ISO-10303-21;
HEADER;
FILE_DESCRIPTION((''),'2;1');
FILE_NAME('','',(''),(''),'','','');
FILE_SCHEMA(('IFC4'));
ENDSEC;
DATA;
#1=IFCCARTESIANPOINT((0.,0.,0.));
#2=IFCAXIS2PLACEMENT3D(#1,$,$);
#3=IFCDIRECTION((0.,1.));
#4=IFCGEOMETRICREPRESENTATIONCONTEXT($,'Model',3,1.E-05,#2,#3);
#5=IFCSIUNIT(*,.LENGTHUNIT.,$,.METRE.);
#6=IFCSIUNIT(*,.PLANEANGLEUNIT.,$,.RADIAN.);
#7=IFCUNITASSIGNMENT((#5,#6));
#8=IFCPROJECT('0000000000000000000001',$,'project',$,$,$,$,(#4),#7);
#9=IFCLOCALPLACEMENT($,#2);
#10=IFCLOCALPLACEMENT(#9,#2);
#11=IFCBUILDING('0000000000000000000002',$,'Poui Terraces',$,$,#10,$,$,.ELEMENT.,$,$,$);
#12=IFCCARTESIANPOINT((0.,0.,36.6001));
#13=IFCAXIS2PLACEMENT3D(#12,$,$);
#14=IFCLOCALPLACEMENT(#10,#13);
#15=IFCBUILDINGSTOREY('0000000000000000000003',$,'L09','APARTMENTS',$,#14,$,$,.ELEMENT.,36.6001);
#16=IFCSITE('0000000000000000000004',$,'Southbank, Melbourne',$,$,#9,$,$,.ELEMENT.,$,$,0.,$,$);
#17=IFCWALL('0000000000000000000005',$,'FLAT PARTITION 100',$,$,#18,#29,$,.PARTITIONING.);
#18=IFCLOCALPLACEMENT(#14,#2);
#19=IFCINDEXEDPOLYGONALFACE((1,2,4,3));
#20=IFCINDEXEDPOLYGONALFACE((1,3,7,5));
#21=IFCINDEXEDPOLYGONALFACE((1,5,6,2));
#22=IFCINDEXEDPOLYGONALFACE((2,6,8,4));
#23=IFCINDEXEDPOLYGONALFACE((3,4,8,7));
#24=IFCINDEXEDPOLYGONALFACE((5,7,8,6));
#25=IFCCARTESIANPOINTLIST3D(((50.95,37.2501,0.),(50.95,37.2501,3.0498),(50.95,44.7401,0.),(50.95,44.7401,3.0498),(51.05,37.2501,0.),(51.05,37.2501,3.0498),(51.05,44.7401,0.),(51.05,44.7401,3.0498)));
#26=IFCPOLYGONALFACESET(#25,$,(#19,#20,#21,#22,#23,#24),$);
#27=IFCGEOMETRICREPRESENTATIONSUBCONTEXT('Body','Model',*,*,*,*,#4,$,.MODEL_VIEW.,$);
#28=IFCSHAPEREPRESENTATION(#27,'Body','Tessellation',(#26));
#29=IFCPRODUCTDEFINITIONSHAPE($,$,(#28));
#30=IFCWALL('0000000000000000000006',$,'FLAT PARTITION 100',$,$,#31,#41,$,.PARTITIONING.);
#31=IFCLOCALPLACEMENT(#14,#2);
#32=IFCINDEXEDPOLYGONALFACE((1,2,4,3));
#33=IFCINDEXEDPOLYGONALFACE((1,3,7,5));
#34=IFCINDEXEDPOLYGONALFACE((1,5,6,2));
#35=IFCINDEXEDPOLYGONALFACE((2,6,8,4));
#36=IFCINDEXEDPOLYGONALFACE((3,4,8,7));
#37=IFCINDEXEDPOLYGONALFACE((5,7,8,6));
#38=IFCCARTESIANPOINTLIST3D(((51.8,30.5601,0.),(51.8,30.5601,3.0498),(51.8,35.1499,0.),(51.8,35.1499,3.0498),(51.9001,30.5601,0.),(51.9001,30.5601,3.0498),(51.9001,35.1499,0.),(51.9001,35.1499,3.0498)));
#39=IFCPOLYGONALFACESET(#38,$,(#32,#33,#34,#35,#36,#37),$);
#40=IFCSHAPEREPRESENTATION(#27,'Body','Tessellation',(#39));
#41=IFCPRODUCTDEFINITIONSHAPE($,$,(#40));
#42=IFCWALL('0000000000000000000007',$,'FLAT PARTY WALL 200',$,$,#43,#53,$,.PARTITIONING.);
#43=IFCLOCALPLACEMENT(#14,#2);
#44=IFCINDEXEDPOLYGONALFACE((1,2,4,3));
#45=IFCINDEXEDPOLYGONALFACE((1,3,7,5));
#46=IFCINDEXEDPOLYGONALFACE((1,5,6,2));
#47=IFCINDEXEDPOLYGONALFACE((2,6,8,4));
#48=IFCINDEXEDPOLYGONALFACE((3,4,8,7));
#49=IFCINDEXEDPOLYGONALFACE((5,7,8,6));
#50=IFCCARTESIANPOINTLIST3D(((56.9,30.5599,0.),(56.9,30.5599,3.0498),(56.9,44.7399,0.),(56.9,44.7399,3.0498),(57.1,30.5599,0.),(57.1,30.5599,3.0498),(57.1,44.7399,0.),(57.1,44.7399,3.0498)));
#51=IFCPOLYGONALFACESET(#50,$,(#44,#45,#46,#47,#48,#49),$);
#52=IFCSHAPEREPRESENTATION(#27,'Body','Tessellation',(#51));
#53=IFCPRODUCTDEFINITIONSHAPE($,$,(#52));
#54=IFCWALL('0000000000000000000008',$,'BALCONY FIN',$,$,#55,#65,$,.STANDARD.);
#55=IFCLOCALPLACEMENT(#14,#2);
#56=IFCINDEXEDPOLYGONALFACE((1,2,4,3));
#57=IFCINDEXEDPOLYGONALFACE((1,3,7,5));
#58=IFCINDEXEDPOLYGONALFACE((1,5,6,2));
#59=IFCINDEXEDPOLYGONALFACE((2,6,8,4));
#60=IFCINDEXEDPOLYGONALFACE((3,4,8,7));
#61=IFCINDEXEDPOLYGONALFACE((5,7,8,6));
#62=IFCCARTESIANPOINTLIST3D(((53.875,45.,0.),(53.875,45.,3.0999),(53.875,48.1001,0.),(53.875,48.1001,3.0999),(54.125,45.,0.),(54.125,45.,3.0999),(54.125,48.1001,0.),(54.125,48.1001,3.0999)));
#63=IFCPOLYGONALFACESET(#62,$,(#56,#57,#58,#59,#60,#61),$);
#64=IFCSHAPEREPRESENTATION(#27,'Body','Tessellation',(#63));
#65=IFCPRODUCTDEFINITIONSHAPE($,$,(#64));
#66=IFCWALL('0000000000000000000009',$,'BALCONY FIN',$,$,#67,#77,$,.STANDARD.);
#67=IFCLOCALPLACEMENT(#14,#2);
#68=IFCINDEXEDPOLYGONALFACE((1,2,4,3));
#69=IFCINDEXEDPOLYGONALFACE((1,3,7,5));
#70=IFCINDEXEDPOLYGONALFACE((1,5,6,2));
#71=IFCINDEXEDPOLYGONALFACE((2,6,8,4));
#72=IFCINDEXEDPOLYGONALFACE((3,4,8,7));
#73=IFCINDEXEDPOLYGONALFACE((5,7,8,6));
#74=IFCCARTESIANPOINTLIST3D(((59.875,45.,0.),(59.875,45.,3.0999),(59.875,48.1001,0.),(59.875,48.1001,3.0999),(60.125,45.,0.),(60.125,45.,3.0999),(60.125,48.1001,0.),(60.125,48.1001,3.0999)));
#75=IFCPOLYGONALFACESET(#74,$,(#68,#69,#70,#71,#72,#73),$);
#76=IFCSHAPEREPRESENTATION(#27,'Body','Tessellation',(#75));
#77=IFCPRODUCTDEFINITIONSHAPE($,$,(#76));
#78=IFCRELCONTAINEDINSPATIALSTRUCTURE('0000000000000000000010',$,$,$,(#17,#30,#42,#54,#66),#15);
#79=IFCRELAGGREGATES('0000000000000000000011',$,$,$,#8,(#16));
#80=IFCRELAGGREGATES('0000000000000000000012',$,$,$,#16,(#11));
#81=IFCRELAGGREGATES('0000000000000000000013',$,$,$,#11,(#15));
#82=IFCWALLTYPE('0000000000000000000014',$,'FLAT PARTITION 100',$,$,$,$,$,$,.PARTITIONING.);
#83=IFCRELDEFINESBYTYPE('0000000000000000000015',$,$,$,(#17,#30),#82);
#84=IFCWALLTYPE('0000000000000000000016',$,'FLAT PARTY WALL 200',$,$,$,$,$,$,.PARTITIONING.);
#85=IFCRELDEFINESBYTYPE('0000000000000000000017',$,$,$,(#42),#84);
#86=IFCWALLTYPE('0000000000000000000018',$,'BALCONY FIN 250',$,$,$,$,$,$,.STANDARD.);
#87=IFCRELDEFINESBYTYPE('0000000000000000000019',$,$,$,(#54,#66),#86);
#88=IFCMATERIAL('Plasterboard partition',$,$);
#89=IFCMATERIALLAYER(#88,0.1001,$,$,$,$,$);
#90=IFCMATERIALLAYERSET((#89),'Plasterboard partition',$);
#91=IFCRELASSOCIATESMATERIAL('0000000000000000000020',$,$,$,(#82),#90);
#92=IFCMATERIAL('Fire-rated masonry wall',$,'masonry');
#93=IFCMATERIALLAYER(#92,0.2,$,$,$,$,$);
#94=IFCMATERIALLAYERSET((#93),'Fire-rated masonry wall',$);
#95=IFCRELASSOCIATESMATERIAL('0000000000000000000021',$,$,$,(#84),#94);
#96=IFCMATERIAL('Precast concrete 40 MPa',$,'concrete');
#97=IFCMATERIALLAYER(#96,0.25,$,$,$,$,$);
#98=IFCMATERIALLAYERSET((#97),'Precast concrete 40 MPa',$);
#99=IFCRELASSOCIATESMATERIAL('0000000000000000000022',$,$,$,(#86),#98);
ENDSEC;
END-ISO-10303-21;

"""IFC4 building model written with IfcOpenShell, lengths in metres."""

from ifc_helpers import new_model, si_unit, direction, frame, frame_2d, origin, place, context, subcontext, project, spatial, polyline, rectangle, outline, extrude, source, transform, mapped, material, layer, layer_set, type_object, element, save


model = new_model("IFC4")

# Units and contexts
model_context = context("Model", 3, precision=1e-05, world=origin(), true_north=direction((0.0, 1.0)))
body_context = subcontext(model_context, "Body", "Model", "MODEL_VIEW")
ifc_project = project(units=[si_unit("LENGTHUNIT", "METRE"), si_unit("PLANEANGLEUNIT", "RADIAN")], contexts=[model_context])

# Site, building, storey
site_placement = place(None, origin())
site = spatial("IfcSite", under=ifc_project, at=site_placement, Name="Southbank, Melbourne", CompositionType="ELEMENT", RefElevation=0.0)
building_placement = place(site_placement, origin())
building = spatial("IfcBuilding", under=site, at=building_placement, Name="Poui Terraces", CompositionType="ELEMENT")
storey_placement = place(building_placement, frame((0.0, 0.0, 36.6001)))
storey = spatial("IfcBuildingStorey", under=building, at=storey_placement, Name="L09", Description="APARTMENTS", CompositionType="ELEMENT", Elevation=36.6001)

# Shared definitions
ifc_material_1 = material(Name="Plasterboard partition")
ifc_layer_1 = layer(ifc_material_1, 0.1001)
ifc_layer_set_1 = layer_set([ifc_layer_1], Name="Plasterboard partition")
wall_type_1 = type_object("IfcWallType", Name="FLAT PARTITION 100", PredefinedType="PARTITIONING", material=ifc_layer_set_1)

# Walls
wall_1_placement = place(storey_placement, frame((51.0, 37.25, 0.0), z_axis=(0.0, 0.0, 1.0), x_axis=(0.0, 1.0, 0.0)))
element("IfcWall", 1, at=wall_1_placement, inside=storey, type_object=wall_type_1, Name="FLAT PARTITION 100", PredefinedType="PARTITIONING", context=body_context, shape_type="SweptSolid", body=[
    extrude(rectangle(XDim=7.49, YDim=0.1001, at=frame_2d((3.7451, 0.0))), origin(), (0.0, 0.0, 1.0), 3.0498),
])
wall_2_placement = place(storey_placement, frame((51.8501, 30.5601, 0.0), z_axis=(0.0, 0.0, 1.0), x_axis=(0.0, 1.0, 0.0)))
element("IfcWall", 2, at=wall_2_placement, inside=storey, type_object=wall_type_1, Name="FLAT PARTITION 100", PredefinedType="PARTITIONING", context=body_context, shape_type="SweptSolid", body=[
    extrude(rectangle(XDim=4.5898, YDim=0.1001, at=frame_2d((2.2949, 0.0))), origin(), (0.0, 0.0, 1.0), 3.0498),
])
ifc_material_2 = material(Name="Fire-rated masonry wall", Category="masonry")
ifc_layer_2 = layer(ifc_material_2, 0.2)
ifc_layer_set_2 = layer_set([ifc_layer_2], Name="Fire-rated masonry wall")
wall_type_2 = type_object("IfcWallType", Name="FLAT PARTY WALL 200", PredefinedType="PARTITIONING", material=ifc_layer_set_2)
wall_3_placement = place(storey_placement, frame((57.0, 30.5601, 0.0), z_axis=(0.0, 0.0, 1.0), x_axis=(0.0, 1.0, 0.0)))
element("IfcWall", 3, at=wall_3_placement, inside=storey, type_object=wall_type_2, Name="FLAT PARTY WALL 200", PredefinedType="PARTITIONING", context=body_context, shape_type="SweptSolid", body=[
    extrude(rectangle(XDim=14.1799, YDim=0.2, at=frame_2d((7.0898, 0.0))), origin(), (0.0, 0.0, 1.0), 3.0498),
])
ifc_material_3 = material(Name="Precast concrete 40 MPa", Category="concrete")
ifc_layer_3 = layer(ifc_material_3, 0.25)
ifc_layer_set_3 = layer_set([ifc_layer_3], Name="Precast concrete 40 MPa")
wall_type_3 = type_object("IfcWallType", Name="BALCONY FIN 250", PredefinedType="STANDARD", material=ifc_layer_set_3)
shared_shape_1 = source(origin(), body_context, "Body", "SweptSolid", [
    extrude(outline(polyline([(0.0, 0.0), (0.25, 0.0), (0.25, 3.1001), (0.0, 3.1001), (0.0, 0.0)])), origin(), (0.0, 0.0, 1.0), 3.0999),
])
for number, where, name in (
    (4, (53.875, 45.0, 0.0), "BALCONY FIN"),
    (5, (59.875, 45.0, 0.0), "BALCONY FIN"),
):
    element("IfcWall", number, at=place(storey_placement, frame(where)), inside=storey, type_object=wall_type_3, Name=name, PredefinedType="STANDARD", context=body_context, shape_type="MappedRepresentation", body=[
        mapped(shared_shape_1, transform((0.0, 0.0, 0.0))),
    ])

save(model, "model.ifc")
